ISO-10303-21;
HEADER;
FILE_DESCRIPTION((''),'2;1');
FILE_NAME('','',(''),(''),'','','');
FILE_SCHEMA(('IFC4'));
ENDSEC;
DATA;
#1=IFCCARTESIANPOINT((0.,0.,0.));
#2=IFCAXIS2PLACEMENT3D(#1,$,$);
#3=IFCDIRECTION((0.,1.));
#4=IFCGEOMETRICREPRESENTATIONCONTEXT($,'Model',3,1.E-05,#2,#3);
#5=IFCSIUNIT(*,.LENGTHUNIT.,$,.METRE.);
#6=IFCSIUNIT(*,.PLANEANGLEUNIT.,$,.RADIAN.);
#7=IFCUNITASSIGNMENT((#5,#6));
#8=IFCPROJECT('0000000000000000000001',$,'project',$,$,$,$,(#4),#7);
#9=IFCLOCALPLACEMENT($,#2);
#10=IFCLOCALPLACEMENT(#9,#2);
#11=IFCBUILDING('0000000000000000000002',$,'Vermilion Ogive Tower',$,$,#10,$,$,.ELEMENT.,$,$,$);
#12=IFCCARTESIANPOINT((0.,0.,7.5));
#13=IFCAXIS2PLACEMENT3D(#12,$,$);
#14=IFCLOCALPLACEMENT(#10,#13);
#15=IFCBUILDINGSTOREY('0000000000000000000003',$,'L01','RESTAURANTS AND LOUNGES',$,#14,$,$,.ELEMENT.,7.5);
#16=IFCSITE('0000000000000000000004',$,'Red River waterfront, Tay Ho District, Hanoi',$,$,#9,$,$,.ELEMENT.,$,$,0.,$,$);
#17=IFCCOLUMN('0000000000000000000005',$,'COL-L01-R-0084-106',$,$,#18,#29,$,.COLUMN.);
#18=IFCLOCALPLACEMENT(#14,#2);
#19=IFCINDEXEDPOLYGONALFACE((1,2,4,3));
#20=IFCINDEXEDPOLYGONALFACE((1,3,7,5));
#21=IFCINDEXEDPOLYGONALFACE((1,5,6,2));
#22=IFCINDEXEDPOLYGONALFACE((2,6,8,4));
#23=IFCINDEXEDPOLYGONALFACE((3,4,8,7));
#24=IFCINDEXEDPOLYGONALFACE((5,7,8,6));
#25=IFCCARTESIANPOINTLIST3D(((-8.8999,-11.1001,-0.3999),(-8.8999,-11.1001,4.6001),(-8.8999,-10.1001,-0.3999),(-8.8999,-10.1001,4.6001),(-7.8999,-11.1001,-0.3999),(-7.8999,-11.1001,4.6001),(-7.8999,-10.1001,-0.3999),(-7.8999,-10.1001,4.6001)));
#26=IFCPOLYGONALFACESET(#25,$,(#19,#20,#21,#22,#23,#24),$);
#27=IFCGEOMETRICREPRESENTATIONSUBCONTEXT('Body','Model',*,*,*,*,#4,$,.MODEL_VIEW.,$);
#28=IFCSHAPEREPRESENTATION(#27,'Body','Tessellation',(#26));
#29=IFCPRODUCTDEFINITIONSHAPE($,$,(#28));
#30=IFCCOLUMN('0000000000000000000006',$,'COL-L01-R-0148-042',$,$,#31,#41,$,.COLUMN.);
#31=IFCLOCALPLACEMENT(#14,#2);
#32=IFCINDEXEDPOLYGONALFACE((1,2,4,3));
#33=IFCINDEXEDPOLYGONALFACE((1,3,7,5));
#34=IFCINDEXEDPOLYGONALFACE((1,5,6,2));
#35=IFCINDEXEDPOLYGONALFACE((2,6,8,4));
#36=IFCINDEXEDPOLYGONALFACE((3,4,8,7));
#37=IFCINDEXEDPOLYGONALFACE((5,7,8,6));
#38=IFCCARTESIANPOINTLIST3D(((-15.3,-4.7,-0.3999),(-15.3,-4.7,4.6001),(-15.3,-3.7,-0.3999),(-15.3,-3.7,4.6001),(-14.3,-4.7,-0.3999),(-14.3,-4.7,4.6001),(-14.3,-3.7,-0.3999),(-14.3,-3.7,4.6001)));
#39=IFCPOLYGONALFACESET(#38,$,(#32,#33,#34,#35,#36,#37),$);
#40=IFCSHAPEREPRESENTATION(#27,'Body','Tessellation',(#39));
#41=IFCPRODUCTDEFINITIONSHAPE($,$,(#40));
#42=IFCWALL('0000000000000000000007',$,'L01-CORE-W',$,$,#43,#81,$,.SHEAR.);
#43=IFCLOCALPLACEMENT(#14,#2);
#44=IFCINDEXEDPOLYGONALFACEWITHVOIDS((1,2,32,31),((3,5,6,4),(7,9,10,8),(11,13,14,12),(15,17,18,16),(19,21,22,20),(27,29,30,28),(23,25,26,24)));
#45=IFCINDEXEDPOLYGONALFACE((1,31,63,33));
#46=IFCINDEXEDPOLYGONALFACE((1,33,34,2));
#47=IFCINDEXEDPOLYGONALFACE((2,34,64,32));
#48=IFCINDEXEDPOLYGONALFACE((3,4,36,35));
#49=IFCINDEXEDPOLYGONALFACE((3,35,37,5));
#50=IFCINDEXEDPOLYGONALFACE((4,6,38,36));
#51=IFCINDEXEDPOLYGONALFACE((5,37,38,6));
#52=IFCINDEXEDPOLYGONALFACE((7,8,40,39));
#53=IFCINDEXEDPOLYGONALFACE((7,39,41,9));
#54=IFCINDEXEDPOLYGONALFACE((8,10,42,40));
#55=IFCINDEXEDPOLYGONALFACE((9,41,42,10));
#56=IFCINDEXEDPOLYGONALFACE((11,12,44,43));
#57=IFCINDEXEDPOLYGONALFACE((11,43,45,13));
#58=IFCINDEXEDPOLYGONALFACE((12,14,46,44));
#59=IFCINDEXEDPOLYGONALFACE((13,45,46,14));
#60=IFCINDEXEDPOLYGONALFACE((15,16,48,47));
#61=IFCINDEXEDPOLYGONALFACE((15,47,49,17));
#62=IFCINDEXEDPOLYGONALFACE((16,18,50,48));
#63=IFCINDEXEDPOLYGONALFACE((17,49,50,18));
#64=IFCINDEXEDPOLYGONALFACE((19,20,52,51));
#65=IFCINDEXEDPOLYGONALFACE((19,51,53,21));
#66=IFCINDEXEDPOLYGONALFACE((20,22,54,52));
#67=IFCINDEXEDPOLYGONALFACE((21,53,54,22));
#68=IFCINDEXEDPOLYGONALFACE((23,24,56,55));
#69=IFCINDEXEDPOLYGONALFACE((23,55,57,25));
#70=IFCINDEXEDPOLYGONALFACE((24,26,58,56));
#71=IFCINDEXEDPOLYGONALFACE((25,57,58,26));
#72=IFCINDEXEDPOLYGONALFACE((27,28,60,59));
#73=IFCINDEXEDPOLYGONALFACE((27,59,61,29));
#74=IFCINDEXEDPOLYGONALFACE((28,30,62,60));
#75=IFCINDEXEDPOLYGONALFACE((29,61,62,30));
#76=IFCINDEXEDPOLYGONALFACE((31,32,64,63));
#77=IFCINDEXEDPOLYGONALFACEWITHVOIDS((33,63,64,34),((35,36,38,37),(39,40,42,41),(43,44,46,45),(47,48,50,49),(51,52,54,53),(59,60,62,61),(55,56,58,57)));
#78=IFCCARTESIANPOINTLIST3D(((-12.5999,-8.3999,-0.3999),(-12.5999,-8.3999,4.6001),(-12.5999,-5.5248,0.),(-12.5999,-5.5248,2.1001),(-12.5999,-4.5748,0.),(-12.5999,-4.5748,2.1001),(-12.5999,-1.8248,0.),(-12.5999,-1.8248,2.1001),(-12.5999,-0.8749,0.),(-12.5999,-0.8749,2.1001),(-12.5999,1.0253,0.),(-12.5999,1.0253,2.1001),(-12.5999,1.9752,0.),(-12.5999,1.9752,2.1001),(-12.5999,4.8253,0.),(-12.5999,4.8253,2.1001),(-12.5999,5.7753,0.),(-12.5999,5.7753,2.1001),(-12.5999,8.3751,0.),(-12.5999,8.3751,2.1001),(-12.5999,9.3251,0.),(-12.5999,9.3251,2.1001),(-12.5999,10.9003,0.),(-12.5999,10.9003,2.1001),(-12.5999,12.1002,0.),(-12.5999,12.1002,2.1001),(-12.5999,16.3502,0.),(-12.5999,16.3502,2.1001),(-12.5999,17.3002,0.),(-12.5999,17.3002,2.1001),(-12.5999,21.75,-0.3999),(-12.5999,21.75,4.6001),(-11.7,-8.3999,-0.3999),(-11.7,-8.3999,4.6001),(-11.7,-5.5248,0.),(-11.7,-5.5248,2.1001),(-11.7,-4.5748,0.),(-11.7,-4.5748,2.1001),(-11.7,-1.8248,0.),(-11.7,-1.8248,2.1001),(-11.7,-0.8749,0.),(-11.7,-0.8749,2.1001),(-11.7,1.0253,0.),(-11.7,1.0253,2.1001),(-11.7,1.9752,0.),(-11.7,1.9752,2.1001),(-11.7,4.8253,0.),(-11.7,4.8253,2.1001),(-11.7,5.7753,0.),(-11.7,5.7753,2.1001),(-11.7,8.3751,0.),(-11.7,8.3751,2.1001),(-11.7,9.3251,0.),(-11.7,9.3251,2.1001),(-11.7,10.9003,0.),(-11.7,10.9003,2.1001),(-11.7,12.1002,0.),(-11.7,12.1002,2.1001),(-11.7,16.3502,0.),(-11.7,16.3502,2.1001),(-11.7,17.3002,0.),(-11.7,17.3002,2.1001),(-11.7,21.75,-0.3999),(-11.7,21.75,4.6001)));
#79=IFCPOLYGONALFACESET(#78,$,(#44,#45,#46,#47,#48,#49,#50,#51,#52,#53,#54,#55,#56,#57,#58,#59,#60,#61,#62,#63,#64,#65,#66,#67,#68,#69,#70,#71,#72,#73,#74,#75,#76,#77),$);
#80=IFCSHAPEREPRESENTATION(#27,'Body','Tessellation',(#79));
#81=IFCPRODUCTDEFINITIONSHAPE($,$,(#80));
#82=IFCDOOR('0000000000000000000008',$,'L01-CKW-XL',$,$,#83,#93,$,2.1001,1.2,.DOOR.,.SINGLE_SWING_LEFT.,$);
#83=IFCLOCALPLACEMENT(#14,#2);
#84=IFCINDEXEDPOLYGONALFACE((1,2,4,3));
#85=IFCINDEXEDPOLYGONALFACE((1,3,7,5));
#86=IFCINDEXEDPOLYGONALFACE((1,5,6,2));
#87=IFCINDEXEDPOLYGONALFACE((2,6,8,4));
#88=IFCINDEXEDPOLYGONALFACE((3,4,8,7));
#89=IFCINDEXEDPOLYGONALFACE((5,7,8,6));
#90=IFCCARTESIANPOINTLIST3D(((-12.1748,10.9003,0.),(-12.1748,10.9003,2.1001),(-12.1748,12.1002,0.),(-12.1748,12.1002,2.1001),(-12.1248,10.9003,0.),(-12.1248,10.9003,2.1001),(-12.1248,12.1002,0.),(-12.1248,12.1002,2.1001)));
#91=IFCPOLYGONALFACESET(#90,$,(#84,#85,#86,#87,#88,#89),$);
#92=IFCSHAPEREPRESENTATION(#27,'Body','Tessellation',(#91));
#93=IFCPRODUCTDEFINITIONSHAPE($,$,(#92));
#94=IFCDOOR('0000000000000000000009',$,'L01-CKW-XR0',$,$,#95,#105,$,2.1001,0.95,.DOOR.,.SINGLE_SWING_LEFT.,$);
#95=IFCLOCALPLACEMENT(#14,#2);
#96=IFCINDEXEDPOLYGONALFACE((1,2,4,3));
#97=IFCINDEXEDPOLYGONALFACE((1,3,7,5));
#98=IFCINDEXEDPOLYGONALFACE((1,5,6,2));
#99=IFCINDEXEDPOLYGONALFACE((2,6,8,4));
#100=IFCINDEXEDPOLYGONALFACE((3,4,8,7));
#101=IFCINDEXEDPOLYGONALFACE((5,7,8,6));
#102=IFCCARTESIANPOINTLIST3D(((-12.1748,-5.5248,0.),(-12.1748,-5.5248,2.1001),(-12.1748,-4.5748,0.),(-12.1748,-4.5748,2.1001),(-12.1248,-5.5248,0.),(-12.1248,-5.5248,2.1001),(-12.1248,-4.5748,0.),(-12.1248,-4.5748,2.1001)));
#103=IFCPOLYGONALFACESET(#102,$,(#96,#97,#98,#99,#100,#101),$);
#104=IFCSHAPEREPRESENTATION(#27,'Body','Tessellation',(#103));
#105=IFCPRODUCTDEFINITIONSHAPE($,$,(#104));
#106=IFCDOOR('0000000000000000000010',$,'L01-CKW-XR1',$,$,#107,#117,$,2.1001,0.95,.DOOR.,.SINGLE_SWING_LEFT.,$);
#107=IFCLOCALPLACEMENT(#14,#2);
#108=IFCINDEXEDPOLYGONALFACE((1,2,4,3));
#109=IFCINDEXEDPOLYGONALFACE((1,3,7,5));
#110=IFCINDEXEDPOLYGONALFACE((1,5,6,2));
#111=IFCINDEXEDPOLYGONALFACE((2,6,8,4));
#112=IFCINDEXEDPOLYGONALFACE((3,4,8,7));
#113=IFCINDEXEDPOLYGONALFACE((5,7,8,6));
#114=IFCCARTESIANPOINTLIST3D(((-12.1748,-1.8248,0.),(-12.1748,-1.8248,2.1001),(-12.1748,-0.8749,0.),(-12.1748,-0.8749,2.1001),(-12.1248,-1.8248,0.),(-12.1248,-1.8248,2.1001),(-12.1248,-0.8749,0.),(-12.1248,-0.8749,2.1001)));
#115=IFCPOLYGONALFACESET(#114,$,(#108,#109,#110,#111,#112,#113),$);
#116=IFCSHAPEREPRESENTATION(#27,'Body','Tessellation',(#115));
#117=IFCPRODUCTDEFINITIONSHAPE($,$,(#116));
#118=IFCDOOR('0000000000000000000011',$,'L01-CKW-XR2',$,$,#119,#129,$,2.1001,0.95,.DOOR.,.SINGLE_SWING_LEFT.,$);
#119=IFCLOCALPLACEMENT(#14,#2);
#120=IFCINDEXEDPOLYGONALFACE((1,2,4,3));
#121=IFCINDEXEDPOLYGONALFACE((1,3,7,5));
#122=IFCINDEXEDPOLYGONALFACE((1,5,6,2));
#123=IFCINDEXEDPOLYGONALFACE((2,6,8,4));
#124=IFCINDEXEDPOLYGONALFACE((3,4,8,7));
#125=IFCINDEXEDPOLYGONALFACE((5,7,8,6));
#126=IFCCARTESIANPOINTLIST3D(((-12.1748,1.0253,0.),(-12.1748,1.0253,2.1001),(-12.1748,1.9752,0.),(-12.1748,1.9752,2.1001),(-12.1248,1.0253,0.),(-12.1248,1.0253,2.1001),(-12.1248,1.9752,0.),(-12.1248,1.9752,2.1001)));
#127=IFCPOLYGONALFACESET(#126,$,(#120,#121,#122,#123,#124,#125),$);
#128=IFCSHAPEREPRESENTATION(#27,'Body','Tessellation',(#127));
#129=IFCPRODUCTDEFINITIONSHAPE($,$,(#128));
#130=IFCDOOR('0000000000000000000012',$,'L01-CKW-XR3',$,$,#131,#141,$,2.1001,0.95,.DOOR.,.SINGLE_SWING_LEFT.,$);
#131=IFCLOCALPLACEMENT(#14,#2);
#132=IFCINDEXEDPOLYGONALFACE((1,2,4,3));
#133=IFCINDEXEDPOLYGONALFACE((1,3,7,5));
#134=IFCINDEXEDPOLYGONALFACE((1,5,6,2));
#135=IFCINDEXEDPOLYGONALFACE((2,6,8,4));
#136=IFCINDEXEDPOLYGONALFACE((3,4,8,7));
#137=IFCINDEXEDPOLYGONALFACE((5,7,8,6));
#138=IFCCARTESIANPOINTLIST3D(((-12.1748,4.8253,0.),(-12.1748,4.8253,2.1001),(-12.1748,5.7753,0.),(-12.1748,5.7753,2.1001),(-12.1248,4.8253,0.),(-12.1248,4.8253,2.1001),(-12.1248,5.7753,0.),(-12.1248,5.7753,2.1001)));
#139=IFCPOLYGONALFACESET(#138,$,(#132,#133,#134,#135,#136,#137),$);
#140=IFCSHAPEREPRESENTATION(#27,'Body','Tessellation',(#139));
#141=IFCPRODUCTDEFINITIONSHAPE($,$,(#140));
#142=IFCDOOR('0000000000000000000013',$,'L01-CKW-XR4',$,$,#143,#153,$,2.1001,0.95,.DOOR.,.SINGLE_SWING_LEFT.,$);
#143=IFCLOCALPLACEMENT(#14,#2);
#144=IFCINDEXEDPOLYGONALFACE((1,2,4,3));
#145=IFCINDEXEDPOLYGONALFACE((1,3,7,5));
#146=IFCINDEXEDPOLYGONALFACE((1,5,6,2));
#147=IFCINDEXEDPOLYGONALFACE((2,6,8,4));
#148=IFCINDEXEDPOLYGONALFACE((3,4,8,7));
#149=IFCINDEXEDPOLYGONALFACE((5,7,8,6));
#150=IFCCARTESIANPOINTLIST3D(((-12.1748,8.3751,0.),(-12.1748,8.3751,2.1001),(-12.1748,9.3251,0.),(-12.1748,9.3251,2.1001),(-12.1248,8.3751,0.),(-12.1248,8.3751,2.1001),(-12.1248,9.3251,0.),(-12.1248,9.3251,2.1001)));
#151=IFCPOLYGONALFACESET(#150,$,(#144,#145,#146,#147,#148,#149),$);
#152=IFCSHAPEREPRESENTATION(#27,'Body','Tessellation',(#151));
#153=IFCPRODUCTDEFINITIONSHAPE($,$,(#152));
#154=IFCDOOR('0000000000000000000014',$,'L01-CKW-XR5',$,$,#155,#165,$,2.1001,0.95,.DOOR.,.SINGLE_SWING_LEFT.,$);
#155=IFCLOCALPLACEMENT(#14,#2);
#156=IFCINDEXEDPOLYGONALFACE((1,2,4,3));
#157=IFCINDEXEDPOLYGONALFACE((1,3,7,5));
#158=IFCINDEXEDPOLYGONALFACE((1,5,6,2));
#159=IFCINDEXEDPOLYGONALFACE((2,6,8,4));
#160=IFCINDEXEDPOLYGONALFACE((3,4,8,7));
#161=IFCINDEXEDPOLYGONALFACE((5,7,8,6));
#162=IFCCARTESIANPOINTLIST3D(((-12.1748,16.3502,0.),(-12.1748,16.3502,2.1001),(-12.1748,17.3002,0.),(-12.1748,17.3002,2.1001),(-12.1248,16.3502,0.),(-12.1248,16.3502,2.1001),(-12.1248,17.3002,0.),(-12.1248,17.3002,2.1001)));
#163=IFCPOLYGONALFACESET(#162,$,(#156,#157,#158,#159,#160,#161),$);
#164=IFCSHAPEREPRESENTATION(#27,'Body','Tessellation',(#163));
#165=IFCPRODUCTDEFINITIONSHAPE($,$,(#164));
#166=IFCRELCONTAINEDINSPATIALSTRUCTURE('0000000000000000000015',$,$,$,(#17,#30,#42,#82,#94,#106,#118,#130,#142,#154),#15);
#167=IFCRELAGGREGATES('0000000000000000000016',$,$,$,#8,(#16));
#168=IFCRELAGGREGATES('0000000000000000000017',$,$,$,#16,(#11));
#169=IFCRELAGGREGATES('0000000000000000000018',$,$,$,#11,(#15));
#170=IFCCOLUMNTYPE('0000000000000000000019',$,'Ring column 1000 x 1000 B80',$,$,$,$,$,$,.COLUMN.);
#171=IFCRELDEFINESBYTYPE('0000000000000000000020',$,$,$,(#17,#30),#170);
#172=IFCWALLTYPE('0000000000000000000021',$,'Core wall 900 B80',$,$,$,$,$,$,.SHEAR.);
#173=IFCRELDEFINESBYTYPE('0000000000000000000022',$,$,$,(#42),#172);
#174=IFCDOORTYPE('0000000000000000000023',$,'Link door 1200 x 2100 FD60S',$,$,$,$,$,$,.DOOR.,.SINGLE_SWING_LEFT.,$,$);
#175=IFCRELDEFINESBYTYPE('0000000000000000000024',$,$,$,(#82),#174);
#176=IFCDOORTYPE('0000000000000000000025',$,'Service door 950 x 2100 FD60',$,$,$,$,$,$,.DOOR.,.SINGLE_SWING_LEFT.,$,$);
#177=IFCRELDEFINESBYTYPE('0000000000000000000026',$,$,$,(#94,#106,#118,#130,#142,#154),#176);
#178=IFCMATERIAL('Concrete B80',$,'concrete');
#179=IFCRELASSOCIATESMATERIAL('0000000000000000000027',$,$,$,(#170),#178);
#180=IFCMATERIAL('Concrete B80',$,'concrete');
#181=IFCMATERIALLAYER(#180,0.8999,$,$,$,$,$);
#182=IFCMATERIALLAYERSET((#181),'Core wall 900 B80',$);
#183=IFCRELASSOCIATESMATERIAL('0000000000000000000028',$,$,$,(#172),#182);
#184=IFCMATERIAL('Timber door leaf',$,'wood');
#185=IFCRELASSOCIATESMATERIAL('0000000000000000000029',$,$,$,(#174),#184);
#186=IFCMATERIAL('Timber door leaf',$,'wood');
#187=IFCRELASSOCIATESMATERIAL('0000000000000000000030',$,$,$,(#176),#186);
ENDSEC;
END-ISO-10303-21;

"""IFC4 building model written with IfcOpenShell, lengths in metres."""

from ifc_helpers import new_model, si_unit, direction, frame, frame_2d, origin, origin_2d, place, context, subcontext, project, spatial, rectangle, extrude, material, layer, layer_set, material_profile, profile_set, type_object, element, fill, save


model = new_model("IFC4")

# Units and contexts
model_context = context("Model", 3, precision=1e-05, world=origin(), true_north=direction((0.0, 1.0)))
body_context = subcontext(model_context, "Body", "Model", "MODEL_VIEW")
ifc_project = project(units=[si_unit("LENGTHUNIT", "METRE"), si_unit("PLANEANGLEUNIT", "RADIAN")], contexts=[model_context])

# Site, building, storey
site_placement = place(None, origin())
site = spatial("IfcSite", under=ifc_project, at=site_placement, Name="Red River waterfront, Tay Ho District, Hanoi", CompositionType="ELEMENT", RefElevation=0.0)
building_placement = place(site_placement, origin())
building = spatial("IfcBuilding", under=site, at=building_placement, Name="Vermilion Ogive Tower", CompositionType="ELEMENT")
storey_placement = place(building_placement, frame((0.0, 0.0, 7.5)))
storey = spatial("IfcBuildingStorey", under=building, at=storey_placement, Name="L01", Description="RESTAURANTS AND LOUNGES", CompositionType="ELEMENT", Elevation=7.5)

# Columns
ifc_material_1 = material(Name="Concrete B80", Category="concrete")
ifc_material_profile = material_profile(ifc_material_1, rectangle(XDim=1.0, YDim=1.0, at=origin_2d()), Name="1000 x 1000")
ifc_profile_set = profile_set([ifc_material_profile], Name="Concrete B80")
column_type = type_object("IfcColumnType", Name="Ring column 1000 x 1000 B80", PredefinedType="COLUMN", material=ifc_profile_set)
for number, where, z_axis, x_axis, name in (
    (1, (-8.3999, -10.6001, -0.3999), (0.0, 0.0, 1.0), (1.0, 0.0, 0.0), "COL-L01-R-0084-106"),
    (2, (-14.8, -4.2, -0.3999), (0.0, 0.0, 1.0), (1.0, 0.0, 0.0), "COL-L01-R-0148-042"),
):
    element("IfcColumn", number, at=place(storey_placement, frame(where, z_axis=z_axis, x_axis=x_axis)), inside=storey, type_object=column_type, Name=name, PredefinedType="COLUMN", context=body_context, shape_type="SweptSolid", body=[
        extrude(rectangle(XDim=1.0, YDim=1.0, at=origin_2d()), origin(), (0.0, 0.0, 1.0), 5.0),
    ])

# Wall, openings, doors
ifc_material_2 = material(Name="Concrete B80", Category="concrete")
ifc_layer_1 = layer(ifc_material_2, 0.8999)
ifc_layer_set_1 = layer_set([ifc_layer_1], Name="Core wall 900 B80")
wall_type_1 = type_object("IfcWallType", Name="Core wall 900 B80", PredefinedType="SHEAR", material=ifc_layer_set_1)
wall_1_placement = place(storey_placement, frame((-12.1499, -8.3999, -0.3999), z_axis=(0.0, 0.0, 1.0), x_axis=(0.0, 1.0, 0.0)))
wall_1 = element("IfcWall", 3, at=wall_1_placement, inside=storey, type_object=wall_type_1, Name="L01-CORE-W", PredefinedType="SHEAR", context=body_context, shape_type="SweptSolid", body=[
    extrude(rectangle(XDim=30.1499, YDim=0.8999, at=frame_2d((15.075, 0.0))), origin(), (0.0, 0.0, 1.0), 5.0),
])
opening_1_placement = place(wall_1_placement, frame((2.875, 0.0, 0.3999)))
opening_1 = element("IfcOpeningElement", 4, at=opening_1_placement, cuts=wall_1, PredefinedType="OPENING", context=body_context, shape_type="SweptSolid", body=[
    extrude(rectangle(XDim=0.95, YDim=2.1001, at=frame_2d((0.4751, 1.05))), frame((0.0, 0.46, 0.0), z_axis=(0.0, -1.0, 0.0), x_axis=(1.0, 0.0, 0.0)), (0.0, 0.0, 1.0), 0.9199),
])
opening_2_placement = place(wall_1_placement, frame((6.575, 0.0, 0.3999)))
opening_2 = element("IfcOpeningElement", 5, at=opening_2_placement, cuts=wall_1, PredefinedType="OPENING", context=body_context, shape_type="SweptSolid", body=[
    extrude(rectangle(XDim=0.95, YDim=2.1001, at=frame_2d((0.4751, 1.05))), frame((0.0, 0.46, 0.0), z_axis=(0.0, -1.0, 0.0), x_axis=(1.0, 0.0, 0.0)), (0.0, 0.0, 1.0), 0.9199),
])
opening_3_placement = place(wall_1_placement, frame((9.425, 0.0, 0.3999)))
opening_3 = element("IfcOpeningElement", 6, at=opening_3_placement, cuts=wall_1, PredefinedType="OPENING", context=body_context, shape_type="SweptSolid", body=[
    extrude(rectangle(XDim=0.95, YDim=2.1001, at=frame_2d((0.4751, 1.05))), frame((0.0, 0.46, 0.0), z_axis=(0.0, -1.0, 0.0), x_axis=(1.0, 0.0, 0.0)), (0.0, 0.0, 1.0), 0.9199),
])
opening_4_placement = place(wall_1_placement, frame((13.2251, 0.0, 0.3999)))
opening_4 = element("IfcOpeningElement", 7, at=opening_4_placement, cuts=wall_1, PredefinedType="OPENING", context=body_context, shape_type="SweptSolid", body=[
    extrude(rectangle(XDim=0.95, YDim=2.1001, at=frame_2d((0.4751, 1.05))), frame((0.0, 0.46, 0.0), z_axis=(0.0, -1.0, 0.0), x_axis=(1.0, 0.0, 0.0)), (0.0, 0.0, 1.0), 0.9199),
])
opening_5_placement = place(wall_1_placement, frame((16.7749, 0.0, 0.3999)))
opening_5 = element("IfcOpeningElement", 8, at=opening_5_placement, cuts=wall_1, PredefinedType="OPENING", context=body_context, shape_type="SweptSolid", body=[
    extrude(rectangle(XDim=0.95, YDim=2.1001, at=frame_2d((0.4751, 1.05))), frame((0.0, 0.46, 0.0), z_axis=(0.0, -1.0, 0.0), x_axis=(1.0, 0.0, 0.0)), (0.0, 0.0, 1.0), 0.9199),
])
opening_6_placement = place(wall_1_placement, frame((24.75, 0.0, 0.3999)))
opening_6 = element("IfcOpeningElement", 9, at=opening_6_placement, cuts=wall_1, PredefinedType="OPENING", context=body_context, shape_type="SweptSolid", body=[
    extrude(rectangle(XDim=0.95, YDim=2.1001, at=frame_2d((0.4751, 1.05))), frame((0.0, 0.46, 0.0), z_axis=(0.0, -1.0, 0.0), x_axis=(1.0, 0.0, 0.0)), (0.0, 0.0, 1.0), 0.9199),
])
opening_7_placement = place(wall_1_placement, frame((19.3, 0.0, 0.3999)))
opening_7 = element("IfcOpeningElement", 10, at=opening_7_placement, cuts=wall_1, PredefinedType="OPENING", context=body_context, shape_type="SweptSolid", body=[
    extrude(rectangle(XDim=1.2, YDim=2.1001, at=frame_2d((0.6001, 1.05))), frame((0.0, 0.46, 0.0), z_axis=(0.0, -1.0, 0.0), x_axis=(1.0, 0.0, 0.0)), (0.0, 0.0, 1.0), 0.9199),
])
ifc_material_3 = material(Name="Timber door leaf", Category="wood")
door_type_1 = type_object("IfcDoorType", Name="Link door 1200 x 2100 FD60S", OperationType="SINGLE_SWING_LEFT", PredefinedType="DOOR", material=ifc_material_3)
door_1_placement = place(opening_7_placement, origin())
door_1 = element("IfcDoor", 11, at=door_1_placement, inside=storey, type_object=door_type_1, Name="L01-CKW-XL", OperationType="SINGLE_SWING_LEFT", OverallHeight=2.1001, OverallWidth=1.2, PredefinedType="DOOR", context=body_context, shape_type="SweptSolid", body=[
    extrude(rectangle(XDim=1.2, YDim=2.1001, at=frame_2d((0.6001, 1.05))), frame((0.0, 0.0249, 0.0), z_axis=(0.0, -1.0, 0.0), x_axis=(1.0, 0.0, 0.0)), (0.0, 0.0, 1.0), 0.05),
])
fill(opening_7, door_1)
ifc_material_4 = material(Name="Timber door leaf", Category="wood")
door_type_2 = type_object("IfcDoorType", Name="Service door 950 x 2100 FD60", OperationType="SINGLE_SWING_LEFT", PredefinedType="DOOR", material=ifc_material_4)
door_2_placement = place(opening_1_placement, origin())
door_2 = element("IfcDoor", 12, at=door_2_placement, inside=storey, type_object=door_type_2, Name="L01-CKW-XR0", OperationType="SINGLE_SWING_LEFT", OverallHeight=2.1001, OverallWidth=0.95, PredefinedType="DOOR", context=body_context, shape_type="SweptSolid", body=[
    extrude(rectangle(XDim=0.95, YDim=2.1001, at=frame_2d((0.4751, 1.05))), frame((0.0, 0.0249, 0.0), z_axis=(0.0, -1.0, 0.0), x_axis=(1.0, 0.0, 0.0)), (0.0, 0.0, 1.0), 0.05),
])
fill(opening_1, door_2)
door_3_placement = place(opening_2_placement, origin())
door_3 = element("IfcDoor", 13, at=door_3_placement, inside=storey, type_object=door_type_2, Name="L01-CKW-XR1", OperationType="SINGLE_SWING_LEFT", OverallHeight=2.1001, OverallWidth=0.95, PredefinedType="DOOR", context=body_context, shape_type="SweptSolid", body=[
    extrude(rectangle(XDim=0.95, YDim=2.1001, at=frame_2d((0.4751, 1.05))), frame((0.0, 0.0249, 0.0), z_axis=(0.0, -1.0, 0.0), x_axis=(1.0, 0.0, 0.0)), (0.0, 0.0, 1.0), 0.05),
])
fill(opening_2, door_3)
door_4_placement = place(opening_3_placement, origin())
door_4 = element("IfcDoor", 14, at=door_4_placement, inside=storey, type_object=door_type_2, Name="L01-CKW-XR2", OperationType="SINGLE_SWING_LEFT", OverallHeight=2.1001, OverallWidth=0.95, PredefinedType="DOOR", context=body_context, shape_type="SweptSolid", body=[
    extrude(rectangle(XDim=0.95, YDim=2.1001, at=frame_2d((0.4751, 1.05))), frame((0.0, 0.0249, 0.0), z_axis=(0.0, -1.0, 0.0), x_axis=(1.0, 0.0, 0.0)), (0.0, 0.0, 1.0), 0.05),
])
fill(opening_3, door_4)
door_5_placement = place(opening_4_placement, origin())
door_5 = element("IfcDoor", 15, at=door_5_placement, inside=storey, type_object=door_type_2, Name="L01-CKW-XR3", OperationType="SINGLE_SWING_LEFT", OverallHeight=2.1001, OverallWidth=0.95, PredefinedType="DOOR", context=body_context, shape_type="SweptSolid", body=[
    extrude(rectangle(XDim=0.95, YDim=2.1001, at=frame_2d((0.4751, 1.05))), frame((0.0, 0.0249, 0.0), z_axis=(0.0, -1.0, 0.0), x_axis=(1.0, 0.0, 0.0)), (0.0, 0.0, 1.0), 0.05),
])
fill(opening_4, door_5)
door_6_placement = place(opening_5_placement, origin())
door_6 = element("IfcDoor", 16, at=door_6_placement, inside=storey, type_object=door_type_2, Name="L01-CKW-XR4", OperationType="SINGLE_SWING_LEFT", OverallHeight=2.1001, OverallWidth=0.95, PredefinedType="DOOR", context=body_context, shape_type="SweptSolid", body=[
    extrude(rectangle(XDim=0.95, YDim=2.1001, at=frame_2d((0.4751, 1.05))), frame((0.0, 0.0249, 0.0), z_axis=(0.0, -1.0, 0.0), x_axis=(1.0, 0.0, 0.0)), (0.0, 0.0, 1.0), 0.05),
])
fill(opening_5, door_6)
door_7_placement = place(opening_6_placement, origin())
door_7 = element("IfcDoor", 17, at=door_7_placement, inside=storey, type_object=door_type_2, Name="L01-CKW-XR5", OperationType="SINGLE_SWING_LEFT", OverallHeight=2.1001, OverallWidth=0.95, PredefinedType="DOOR", context=body_context, shape_type="SweptSolid", body=[
    extrude(rectangle(XDim=0.95, YDim=2.1001, at=frame_2d((0.4751, 1.05))), frame((0.0, 0.0249, 0.0), z_axis=(0.0, -1.0, 0.0), x_axis=(1.0, 0.0, 0.0)), (0.0, 0.0, 1.0), 0.05),
])
fill(opening_6, door_7)

save(model, "model.ifc")
